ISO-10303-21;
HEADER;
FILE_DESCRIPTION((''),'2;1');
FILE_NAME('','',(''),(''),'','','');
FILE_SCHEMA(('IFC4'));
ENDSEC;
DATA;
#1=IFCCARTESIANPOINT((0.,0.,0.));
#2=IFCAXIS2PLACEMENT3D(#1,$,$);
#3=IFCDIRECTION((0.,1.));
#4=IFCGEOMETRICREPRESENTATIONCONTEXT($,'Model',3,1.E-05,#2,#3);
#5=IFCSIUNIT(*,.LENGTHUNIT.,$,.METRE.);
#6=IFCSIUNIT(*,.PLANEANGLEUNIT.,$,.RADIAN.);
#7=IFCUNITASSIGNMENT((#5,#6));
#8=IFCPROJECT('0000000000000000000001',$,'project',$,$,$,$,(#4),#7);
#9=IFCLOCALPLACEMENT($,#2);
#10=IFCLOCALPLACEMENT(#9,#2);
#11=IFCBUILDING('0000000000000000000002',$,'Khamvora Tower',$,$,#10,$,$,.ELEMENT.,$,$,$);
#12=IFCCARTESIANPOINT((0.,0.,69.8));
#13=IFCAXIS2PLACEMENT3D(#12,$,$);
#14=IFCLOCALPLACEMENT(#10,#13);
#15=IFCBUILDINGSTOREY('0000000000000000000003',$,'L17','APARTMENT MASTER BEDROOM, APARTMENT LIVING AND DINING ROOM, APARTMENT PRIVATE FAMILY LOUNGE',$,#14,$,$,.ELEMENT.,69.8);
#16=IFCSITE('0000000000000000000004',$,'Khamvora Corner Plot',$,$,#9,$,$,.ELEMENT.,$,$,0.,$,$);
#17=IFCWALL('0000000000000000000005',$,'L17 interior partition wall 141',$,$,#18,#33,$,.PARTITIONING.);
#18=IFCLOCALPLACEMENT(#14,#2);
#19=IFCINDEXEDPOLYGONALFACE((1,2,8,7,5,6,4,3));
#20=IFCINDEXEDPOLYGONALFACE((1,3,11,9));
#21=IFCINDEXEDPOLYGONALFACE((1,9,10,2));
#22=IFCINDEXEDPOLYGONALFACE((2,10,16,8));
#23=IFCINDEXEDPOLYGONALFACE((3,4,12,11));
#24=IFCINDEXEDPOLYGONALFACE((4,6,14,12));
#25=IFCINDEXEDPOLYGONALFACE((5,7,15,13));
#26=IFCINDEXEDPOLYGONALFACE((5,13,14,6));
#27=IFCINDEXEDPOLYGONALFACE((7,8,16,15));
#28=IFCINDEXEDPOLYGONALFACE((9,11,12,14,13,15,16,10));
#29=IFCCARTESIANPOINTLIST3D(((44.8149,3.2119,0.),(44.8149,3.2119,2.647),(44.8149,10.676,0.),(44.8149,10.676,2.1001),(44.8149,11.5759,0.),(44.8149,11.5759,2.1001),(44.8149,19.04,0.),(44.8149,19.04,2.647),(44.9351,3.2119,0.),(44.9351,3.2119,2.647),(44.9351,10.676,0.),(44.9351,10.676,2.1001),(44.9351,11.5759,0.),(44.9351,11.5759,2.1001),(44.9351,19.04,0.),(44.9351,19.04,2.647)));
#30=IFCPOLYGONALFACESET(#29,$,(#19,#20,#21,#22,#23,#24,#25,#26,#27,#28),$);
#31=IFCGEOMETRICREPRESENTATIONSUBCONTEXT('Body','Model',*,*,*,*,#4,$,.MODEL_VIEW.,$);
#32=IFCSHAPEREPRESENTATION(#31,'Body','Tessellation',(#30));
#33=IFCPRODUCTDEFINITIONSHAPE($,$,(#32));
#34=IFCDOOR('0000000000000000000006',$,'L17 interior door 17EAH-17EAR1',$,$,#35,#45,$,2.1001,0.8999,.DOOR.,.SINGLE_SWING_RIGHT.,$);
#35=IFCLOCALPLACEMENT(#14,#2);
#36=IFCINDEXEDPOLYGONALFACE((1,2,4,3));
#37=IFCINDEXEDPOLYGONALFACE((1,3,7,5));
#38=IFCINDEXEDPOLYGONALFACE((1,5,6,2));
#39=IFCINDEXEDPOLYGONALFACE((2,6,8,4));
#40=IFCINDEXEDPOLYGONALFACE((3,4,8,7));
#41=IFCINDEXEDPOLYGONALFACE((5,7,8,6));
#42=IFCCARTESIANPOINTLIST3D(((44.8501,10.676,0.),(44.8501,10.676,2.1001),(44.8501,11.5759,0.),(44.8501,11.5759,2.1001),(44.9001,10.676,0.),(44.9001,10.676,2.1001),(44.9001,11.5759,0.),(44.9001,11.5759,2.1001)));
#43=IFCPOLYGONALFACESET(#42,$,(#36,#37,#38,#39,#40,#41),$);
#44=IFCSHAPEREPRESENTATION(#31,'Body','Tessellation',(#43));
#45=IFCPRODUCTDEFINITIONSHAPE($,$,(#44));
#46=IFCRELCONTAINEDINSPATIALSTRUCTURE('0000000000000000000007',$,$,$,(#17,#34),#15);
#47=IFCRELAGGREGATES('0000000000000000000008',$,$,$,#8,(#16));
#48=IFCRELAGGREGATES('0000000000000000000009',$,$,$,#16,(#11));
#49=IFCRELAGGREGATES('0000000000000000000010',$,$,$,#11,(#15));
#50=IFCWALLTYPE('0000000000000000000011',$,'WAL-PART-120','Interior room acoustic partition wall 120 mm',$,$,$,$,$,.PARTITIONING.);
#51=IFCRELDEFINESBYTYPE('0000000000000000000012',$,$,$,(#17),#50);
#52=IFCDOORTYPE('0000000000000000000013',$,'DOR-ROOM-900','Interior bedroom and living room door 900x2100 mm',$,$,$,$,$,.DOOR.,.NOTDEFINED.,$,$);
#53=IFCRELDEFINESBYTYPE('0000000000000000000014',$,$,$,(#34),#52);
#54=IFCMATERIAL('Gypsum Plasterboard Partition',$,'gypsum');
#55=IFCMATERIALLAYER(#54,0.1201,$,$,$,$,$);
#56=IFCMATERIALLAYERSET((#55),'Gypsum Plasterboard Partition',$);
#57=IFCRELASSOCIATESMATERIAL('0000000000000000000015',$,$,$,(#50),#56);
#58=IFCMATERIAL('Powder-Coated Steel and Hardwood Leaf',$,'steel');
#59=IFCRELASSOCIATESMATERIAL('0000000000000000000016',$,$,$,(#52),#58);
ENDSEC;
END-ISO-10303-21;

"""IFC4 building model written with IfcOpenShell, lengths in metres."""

from ifc_helpers import new_model, si_unit, direction, frame, frame_2d, origin, place, context, subcontext, project, spatial, rectangle, extrude, material, layer, layer_set, type_object, element, fill, save


model = new_model("IFC4")

# Units and contexts
model_context = context("Model", 3, precision=1e-05, world=origin(), true_north=direction((0.0, 1.0)))
body_context = subcontext(model_context, "Body", "Model", "MODEL_VIEW")
ifc_project = project(units=[si_unit("LENGTHUNIT", "METRE"), si_unit("PLANEANGLEUNIT", "RADIAN")], contexts=[model_context])

# Site, building, storey
site_placement = place(None, origin())
site = spatial("IfcSite", under=ifc_project, at=site_placement, Name="Khamvora Corner Plot", CompositionType="ELEMENT", RefElevation=0.0)
building_placement = place(site_placement, origin())
building = spatial("IfcBuilding", under=site, at=building_placement, Name="Khamvora Tower", CompositionType="ELEMENT")
storey_placement = place(building_placement, frame((0.0, 0.0, 69.8)))
storey = spatial("IfcBuildingStorey", under=building, at=storey_placement, Name="L17", Description="APARTMENT MASTER BEDROOM, APARTMENT LIVING AND DINING ROOM, APARTMENT PRIVATE FAMILY LOUNGE", CompositionType="ELEMENT", Elevation=69.8)

# Shared definitions
ifc_material_1 = material(Name="Gypsum Plasterboard Partition", Category="gypsum")
ifc_layer_1 = layer(ifc_material_1, 0.1201)
ifc_layer_set_1 = layer_set([ifc_layer_1], Name="Gypsum Plasterboard Partition")
wall_type_1 = type_object("IfcWallType", Name="WAL-PART-120", Description="Interior room acoustic partition wall 120 mm", PredefinedType="PARTITIONING", material=ifc_layer_set_1)
ifc_material_2 = material(Name="Powder-Coated Steel and Hardwood Leaf", Category="steel")
door_type = type_object("IfcDoorType", Name="DOR-ROOM-900", Description="Interior bedroom and living room door 900x2100 mm", OperationType="NOTDEFINED", PredefinedType="DOOR", material=ifc_material_2)

# Wall, opening, door
wall_1_placement = place(storey_placement, frame((44.875, 3.2119, 0.0), z_axis=(0.0, 0.0, 1.0), x_axis=(0.0, 1.0, 0.0)))
wall_1 = element("IfcWall", 1, at=wall_1_placement, inside=storey, type_object=wall_type_1, Name="L17 interior partition wall 141", PredefinedType="PARTITIONING", context=body_context, shape_type="SweptSolid", body=[
    extrude(rectangle(XDim=15.8281, YDim=0.1201, at=frame_2d((7.9141, 0.0))), origin(), (0.0, 0.0, 1.0), 2.647),
])
opening_1_placement = place(wall_1_placement, frame((7.4641, 0.0, 0.0)))
opening_1 = element("IfcOpeningElement", 2, at=opening_1_placement, cuts=wall_1, PredefinedType="OPENING", context=body_context, shape_type="SweptSolid", body=[
    extrude(rectangle(XDim=0.8999, YDim=2.1001, at=frame_2d((0.45, 1.05))), frame((0.0, 0.0701, 0.0), z_axis=(0.0, -1.0, 0.0), x_axis=(1.0, 0.0, 0.0)), (0.0, 0.0, 1.0), 0.1401),
])
door_1_placement = place(opening_1_placement, origin())
door_1 = element("IfcDoor", 3, at=door_1_placement, inside=storey, type_object=door_type, Name="L17 interior door 17EAH-17EAR1", OperationType="SINGLE_SWING_RIGHT", OverallHeight=2.1001, OverallWidth=0.8999, PredefinedType="DOOR", context=body_context, shape_type="SweptSolid", body=[
    extrude(rectangle(XDim=0.8999, YDim=2.1001, at=frame_2d((0.45, 1.05))), frame((0.0, 0.0249, 0.0), z_axis=(0.0, -1.0, 0.0), x_axis=(1.0, 0.0, 0.0)), (0.0, 0.0, 1.0), 0.05),
])
fill(opening_1, door_1)

save(model, "model.ifc")
